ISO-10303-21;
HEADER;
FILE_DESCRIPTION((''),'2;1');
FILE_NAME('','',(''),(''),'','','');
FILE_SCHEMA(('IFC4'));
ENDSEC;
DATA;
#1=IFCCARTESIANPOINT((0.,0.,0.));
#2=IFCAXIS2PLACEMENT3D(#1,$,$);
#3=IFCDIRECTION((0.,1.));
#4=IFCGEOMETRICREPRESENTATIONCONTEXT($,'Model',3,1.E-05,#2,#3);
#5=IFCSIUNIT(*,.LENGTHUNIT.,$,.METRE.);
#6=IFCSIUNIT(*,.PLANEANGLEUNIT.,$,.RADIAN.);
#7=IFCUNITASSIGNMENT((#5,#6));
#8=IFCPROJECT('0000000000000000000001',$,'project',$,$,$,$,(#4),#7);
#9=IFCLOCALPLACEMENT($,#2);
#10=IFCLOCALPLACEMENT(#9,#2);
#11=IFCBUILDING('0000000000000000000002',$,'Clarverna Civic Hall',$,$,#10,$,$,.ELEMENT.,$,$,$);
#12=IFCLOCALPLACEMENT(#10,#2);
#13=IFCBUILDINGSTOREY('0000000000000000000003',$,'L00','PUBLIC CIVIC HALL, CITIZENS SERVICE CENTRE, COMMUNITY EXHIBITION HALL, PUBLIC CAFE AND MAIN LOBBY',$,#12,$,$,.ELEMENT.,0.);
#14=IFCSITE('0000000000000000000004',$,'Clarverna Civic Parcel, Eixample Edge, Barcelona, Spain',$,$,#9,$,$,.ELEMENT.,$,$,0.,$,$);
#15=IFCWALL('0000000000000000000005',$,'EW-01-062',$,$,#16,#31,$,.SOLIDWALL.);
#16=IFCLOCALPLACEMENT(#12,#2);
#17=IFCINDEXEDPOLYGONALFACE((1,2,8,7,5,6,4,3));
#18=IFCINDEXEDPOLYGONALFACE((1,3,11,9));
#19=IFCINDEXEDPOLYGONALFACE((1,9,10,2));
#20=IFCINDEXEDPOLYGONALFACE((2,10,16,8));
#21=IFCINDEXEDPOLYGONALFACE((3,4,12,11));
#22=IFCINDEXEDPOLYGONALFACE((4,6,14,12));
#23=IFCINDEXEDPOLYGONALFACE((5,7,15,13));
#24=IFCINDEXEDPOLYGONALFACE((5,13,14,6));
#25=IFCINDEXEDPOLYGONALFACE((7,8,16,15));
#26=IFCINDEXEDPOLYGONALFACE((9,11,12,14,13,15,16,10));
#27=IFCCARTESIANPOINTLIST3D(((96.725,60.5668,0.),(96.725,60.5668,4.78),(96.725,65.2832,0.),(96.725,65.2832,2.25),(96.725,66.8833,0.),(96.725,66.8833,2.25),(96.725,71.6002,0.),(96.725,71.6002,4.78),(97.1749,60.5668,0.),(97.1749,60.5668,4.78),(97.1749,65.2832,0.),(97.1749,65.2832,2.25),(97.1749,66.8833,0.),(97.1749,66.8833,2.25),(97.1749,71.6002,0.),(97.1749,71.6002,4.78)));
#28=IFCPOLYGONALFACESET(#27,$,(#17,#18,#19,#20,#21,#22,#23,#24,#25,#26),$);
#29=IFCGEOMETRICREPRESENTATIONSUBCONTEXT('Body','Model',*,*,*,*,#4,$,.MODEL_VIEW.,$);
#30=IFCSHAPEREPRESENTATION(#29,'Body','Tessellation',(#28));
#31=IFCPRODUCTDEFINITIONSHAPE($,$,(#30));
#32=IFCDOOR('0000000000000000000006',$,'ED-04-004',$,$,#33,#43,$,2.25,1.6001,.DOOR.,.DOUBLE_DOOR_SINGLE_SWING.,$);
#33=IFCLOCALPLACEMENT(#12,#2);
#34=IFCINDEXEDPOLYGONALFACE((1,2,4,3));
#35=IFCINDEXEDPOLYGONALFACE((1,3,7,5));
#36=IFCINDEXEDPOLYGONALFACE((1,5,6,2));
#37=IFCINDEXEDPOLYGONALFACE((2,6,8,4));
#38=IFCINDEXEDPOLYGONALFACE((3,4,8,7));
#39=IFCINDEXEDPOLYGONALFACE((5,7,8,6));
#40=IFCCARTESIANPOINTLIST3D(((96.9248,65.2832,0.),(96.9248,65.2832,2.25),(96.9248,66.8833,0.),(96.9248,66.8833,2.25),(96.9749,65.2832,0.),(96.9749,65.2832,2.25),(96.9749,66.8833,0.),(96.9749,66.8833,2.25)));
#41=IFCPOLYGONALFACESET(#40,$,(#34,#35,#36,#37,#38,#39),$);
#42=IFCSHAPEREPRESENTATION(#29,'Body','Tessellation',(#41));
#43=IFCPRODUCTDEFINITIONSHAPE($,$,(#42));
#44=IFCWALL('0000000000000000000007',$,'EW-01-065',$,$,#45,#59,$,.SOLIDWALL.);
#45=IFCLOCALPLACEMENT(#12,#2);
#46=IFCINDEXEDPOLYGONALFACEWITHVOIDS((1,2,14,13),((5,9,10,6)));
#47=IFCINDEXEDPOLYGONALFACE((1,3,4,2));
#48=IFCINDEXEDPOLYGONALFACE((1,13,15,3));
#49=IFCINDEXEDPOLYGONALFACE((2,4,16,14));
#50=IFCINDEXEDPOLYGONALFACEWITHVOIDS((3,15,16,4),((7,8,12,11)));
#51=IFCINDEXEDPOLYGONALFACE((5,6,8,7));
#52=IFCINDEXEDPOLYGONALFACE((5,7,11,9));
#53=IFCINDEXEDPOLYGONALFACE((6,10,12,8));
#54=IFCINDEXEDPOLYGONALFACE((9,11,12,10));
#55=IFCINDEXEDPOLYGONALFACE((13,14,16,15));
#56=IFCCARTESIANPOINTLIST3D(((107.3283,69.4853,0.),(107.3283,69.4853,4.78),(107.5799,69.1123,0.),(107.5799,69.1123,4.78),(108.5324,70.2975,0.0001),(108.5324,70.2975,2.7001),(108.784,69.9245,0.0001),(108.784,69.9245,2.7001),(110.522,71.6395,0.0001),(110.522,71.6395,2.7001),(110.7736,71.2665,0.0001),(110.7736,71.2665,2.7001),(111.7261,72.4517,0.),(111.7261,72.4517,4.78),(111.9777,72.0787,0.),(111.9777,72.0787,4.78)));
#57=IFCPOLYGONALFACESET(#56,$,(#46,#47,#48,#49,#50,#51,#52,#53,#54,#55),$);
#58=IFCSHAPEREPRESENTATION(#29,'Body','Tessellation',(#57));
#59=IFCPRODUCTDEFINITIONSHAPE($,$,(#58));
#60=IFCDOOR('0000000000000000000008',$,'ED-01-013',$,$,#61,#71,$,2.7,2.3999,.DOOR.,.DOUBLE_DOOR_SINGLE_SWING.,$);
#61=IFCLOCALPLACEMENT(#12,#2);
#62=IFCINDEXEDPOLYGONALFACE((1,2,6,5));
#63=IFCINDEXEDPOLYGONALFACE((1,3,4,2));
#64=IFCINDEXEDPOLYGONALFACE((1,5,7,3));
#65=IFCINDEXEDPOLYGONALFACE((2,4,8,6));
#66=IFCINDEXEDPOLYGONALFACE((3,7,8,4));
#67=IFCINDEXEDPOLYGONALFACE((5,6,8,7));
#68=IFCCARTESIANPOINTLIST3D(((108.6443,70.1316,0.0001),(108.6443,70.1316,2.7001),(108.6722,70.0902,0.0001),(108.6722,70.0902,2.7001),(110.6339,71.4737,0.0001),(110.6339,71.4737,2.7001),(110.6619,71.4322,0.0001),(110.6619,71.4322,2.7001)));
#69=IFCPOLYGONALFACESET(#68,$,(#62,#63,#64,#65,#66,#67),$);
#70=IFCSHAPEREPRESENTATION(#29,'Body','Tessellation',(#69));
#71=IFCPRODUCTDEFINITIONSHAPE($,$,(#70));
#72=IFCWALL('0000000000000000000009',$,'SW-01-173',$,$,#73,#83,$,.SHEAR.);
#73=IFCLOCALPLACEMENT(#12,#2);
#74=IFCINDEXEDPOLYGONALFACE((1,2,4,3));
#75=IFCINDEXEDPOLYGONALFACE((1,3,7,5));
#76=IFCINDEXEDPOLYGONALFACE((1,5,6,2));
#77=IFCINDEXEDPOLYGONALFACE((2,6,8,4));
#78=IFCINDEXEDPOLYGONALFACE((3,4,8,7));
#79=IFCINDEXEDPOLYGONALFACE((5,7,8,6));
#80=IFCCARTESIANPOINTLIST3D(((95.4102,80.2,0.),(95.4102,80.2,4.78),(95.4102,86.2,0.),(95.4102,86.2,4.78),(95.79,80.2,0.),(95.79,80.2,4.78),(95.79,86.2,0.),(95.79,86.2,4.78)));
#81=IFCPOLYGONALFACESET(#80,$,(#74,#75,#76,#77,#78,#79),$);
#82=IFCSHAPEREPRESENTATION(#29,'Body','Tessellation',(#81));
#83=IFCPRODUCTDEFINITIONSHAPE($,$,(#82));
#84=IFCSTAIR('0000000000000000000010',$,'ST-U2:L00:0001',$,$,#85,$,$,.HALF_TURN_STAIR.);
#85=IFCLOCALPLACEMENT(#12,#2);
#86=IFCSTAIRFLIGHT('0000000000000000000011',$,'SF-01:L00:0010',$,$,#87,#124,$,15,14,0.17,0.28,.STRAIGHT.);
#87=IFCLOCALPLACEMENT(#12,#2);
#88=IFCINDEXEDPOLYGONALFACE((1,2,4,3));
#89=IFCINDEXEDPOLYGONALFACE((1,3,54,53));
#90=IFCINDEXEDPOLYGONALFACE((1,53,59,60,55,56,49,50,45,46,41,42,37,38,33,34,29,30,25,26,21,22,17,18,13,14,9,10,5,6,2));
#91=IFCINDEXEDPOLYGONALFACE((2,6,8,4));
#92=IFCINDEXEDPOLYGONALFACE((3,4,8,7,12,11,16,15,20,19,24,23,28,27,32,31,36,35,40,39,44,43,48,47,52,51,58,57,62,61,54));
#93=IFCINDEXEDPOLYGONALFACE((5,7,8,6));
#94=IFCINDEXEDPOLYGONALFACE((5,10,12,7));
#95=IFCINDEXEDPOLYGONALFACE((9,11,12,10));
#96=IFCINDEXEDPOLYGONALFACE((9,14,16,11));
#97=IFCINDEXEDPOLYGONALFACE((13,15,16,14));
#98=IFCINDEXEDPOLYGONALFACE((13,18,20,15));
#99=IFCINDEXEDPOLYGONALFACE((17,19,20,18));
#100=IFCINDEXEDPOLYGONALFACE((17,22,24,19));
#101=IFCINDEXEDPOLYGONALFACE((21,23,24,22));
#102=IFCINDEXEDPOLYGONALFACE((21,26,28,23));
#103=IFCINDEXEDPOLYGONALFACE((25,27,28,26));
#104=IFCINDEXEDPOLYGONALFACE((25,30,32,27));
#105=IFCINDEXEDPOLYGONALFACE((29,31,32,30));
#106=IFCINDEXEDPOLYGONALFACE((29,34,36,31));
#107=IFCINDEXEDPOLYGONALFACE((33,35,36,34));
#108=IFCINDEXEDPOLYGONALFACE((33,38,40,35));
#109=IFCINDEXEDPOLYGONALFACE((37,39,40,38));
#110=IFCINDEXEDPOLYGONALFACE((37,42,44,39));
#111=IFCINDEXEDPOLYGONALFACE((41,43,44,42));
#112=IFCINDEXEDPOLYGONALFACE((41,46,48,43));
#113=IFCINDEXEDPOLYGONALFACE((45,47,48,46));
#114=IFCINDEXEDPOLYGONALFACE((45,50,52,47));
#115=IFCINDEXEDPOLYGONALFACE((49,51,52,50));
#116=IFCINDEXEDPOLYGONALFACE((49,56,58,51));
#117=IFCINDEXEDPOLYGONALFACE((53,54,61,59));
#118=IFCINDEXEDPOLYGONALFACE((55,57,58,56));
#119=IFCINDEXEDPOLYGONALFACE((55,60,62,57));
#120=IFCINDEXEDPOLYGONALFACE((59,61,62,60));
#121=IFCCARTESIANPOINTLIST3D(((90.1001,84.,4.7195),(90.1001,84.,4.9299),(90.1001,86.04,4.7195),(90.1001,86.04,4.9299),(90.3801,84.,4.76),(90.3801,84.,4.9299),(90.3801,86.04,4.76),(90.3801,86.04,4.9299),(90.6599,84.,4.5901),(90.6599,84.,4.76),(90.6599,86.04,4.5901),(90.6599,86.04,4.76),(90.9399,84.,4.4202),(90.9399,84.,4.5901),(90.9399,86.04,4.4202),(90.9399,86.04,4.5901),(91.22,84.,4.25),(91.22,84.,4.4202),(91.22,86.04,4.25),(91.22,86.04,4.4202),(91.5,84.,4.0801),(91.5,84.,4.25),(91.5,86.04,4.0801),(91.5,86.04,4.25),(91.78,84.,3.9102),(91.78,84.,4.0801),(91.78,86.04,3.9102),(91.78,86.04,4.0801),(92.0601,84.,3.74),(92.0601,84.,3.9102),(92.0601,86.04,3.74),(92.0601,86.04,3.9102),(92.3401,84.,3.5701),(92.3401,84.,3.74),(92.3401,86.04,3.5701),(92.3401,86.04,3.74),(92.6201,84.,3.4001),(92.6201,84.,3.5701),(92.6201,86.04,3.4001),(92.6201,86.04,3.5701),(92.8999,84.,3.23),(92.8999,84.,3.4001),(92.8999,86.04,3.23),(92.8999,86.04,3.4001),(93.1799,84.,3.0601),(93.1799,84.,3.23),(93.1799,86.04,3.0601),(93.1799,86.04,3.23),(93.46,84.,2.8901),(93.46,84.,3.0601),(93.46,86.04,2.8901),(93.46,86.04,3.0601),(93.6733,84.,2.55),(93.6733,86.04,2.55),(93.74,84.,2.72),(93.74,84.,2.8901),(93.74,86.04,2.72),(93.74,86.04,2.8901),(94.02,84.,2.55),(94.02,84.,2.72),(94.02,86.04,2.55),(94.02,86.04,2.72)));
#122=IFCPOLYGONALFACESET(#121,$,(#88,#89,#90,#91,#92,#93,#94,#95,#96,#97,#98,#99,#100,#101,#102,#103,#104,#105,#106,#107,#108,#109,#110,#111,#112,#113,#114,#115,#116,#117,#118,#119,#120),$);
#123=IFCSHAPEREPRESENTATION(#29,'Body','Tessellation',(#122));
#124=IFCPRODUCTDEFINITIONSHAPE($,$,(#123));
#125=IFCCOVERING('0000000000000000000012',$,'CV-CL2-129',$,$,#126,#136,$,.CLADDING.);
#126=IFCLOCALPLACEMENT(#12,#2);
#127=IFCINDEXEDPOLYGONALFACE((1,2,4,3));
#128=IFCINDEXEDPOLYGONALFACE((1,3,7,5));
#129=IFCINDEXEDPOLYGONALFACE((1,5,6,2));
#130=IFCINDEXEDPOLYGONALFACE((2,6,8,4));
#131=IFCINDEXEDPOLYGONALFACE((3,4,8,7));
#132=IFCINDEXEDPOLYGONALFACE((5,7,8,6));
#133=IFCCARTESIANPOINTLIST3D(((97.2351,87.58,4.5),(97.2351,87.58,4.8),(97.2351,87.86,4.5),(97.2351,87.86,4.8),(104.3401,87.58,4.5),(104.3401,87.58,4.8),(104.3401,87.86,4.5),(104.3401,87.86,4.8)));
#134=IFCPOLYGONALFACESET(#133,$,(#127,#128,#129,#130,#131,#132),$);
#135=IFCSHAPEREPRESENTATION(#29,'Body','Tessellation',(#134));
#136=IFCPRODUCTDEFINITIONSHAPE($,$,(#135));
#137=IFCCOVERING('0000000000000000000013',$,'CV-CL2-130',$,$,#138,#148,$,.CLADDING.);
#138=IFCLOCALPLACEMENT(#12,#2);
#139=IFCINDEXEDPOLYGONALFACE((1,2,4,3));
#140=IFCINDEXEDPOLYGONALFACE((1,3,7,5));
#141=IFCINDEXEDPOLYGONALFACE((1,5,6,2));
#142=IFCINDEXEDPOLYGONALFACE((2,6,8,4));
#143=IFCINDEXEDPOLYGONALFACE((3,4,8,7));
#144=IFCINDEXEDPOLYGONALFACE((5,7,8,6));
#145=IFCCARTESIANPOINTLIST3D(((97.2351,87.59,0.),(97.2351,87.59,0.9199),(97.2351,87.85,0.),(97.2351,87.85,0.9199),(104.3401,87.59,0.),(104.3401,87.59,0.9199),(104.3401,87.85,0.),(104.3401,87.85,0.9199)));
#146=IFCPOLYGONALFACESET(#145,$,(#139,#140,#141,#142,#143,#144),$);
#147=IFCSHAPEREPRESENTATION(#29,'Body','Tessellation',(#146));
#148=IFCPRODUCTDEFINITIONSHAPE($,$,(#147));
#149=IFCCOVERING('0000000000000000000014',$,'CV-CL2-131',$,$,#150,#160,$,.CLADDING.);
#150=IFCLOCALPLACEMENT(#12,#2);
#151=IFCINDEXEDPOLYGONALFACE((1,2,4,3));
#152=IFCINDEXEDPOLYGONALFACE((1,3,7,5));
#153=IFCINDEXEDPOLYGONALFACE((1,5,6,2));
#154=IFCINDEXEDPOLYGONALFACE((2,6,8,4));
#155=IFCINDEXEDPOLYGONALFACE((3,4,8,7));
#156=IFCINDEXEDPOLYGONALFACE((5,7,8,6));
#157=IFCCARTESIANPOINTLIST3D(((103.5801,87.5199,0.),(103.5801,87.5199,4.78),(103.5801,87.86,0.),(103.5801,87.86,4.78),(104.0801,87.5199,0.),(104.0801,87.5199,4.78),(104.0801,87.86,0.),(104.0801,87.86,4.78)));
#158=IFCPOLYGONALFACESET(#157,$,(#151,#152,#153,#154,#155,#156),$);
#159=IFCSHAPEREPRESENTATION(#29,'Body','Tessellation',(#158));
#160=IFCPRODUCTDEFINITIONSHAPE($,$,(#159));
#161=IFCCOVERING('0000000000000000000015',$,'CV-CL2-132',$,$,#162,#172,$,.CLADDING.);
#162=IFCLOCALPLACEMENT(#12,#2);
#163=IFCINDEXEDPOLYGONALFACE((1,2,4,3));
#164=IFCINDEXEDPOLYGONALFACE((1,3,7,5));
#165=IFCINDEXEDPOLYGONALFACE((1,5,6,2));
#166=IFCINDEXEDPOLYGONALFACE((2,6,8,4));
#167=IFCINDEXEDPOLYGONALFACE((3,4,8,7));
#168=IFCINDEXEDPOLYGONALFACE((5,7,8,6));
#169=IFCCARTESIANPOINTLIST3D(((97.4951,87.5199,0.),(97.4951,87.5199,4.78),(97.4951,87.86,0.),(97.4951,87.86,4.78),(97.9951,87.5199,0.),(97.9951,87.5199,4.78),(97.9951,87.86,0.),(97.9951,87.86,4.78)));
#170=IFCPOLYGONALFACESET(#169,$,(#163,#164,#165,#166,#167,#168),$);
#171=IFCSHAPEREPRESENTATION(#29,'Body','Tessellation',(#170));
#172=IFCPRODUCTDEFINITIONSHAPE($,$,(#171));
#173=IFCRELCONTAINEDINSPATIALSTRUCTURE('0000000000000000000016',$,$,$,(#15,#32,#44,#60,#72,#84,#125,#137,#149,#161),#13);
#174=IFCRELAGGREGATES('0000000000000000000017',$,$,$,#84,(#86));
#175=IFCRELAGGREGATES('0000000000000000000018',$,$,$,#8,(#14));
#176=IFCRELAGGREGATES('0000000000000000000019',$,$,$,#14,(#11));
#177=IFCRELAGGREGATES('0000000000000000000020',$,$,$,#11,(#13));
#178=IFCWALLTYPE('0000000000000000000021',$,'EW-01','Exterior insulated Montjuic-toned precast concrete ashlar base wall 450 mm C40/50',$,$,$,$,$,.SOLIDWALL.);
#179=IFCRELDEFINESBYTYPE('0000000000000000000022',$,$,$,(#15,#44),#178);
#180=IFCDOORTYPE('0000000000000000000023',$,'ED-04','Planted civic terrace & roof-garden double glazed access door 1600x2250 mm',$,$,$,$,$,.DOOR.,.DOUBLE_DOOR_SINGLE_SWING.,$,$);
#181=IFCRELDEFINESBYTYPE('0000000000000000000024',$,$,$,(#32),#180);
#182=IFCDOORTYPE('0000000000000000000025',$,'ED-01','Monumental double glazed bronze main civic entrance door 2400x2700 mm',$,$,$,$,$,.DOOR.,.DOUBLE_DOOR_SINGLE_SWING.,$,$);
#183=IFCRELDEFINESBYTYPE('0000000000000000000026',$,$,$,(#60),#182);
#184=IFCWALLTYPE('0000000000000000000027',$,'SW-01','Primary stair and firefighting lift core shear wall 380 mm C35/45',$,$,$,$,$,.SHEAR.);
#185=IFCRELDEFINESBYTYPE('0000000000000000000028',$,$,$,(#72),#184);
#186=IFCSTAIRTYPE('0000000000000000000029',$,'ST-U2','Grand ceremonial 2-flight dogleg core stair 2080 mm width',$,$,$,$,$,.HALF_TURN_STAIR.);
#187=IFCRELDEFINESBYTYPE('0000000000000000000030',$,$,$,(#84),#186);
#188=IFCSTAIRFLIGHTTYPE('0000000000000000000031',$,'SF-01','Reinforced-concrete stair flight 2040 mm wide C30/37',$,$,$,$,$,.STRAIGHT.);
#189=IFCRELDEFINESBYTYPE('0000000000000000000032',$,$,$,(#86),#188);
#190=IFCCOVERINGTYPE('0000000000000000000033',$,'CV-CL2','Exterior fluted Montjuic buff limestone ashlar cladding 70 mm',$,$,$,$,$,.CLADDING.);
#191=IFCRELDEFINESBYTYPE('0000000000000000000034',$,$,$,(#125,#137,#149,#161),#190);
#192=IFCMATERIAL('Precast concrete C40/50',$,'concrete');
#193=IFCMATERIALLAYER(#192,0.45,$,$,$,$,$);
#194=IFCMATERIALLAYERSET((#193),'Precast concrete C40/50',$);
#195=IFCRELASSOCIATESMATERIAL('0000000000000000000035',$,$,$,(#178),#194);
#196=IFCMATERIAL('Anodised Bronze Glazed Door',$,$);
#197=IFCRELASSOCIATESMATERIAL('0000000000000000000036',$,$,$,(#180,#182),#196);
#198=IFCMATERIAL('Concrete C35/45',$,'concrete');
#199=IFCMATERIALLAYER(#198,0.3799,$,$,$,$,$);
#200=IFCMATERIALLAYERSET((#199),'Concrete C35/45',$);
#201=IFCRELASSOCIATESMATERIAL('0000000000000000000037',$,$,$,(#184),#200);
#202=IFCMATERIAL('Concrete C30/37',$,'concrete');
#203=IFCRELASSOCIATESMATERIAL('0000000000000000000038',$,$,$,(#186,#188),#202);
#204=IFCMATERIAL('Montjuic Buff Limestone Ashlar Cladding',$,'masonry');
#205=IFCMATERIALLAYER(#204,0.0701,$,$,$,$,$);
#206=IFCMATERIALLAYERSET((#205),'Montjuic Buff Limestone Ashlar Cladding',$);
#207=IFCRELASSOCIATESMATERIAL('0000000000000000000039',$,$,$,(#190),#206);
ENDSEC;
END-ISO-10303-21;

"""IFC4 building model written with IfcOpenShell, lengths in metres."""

from ifc_helpers import new_model, si_unit, direction, frame, frame_2d, origin, place, context, subcontext, project, spatial, polyline, rectangle, outline, extrude, material, layer, layer_set, type_object, element, fill, aggregate, save


model = new_model("IFC4")

# Units and contexts
model_context = context("Model", 3, precision=1e-05, world=origin(), true_north=direction((0.0, 1.0)))
body_context = subcontext(model_context, "Body", "Model", "MODEL_VIEW")
ifc_project = project(units=[si_unit("LENGTHUNIT", "METRE"), si_unit("PLANEANGLEUNIT", "RADIAN")], contexts=[model_context])

# Site, building, storey
site_placement = place(None, origin())
site = spatial("IfcSite", under=ifc_project, at=site_placement, Name="Clarverna Civic Parcel, Eixample Edge, Barcelona, Spain", CompositionType="ELEMENT", RefElevation=0.0)
building_placement = place(site_placement, origin())
building = spatial("IfcBuilding", under=site, at=building_placement, Name="Clarverna Civic Hall", CompositionType="ELEMENT")
storey_placement = place(building_placement, origin())
storey = spatial("IfcBuildingStorey", under=building, at=storey_placement, Name="L00", Description="PUBLIC CIVIC HALL, CITIZENS SERVICE CENTRE, COMMUNITY EXHIBITION HALL, PUBLIC CAFE AND MAIN LOBBY", CompositionType="ELEMENT", Elevation=0.0)

# Shared definitions
ifc_material_1 = material(Name="Concrete C35/45", Category="concrete")

# Shared definitions
ifc_material_2 = material(Name="Precast concrete C40/50", Category="concrete")
ifc_layer_1 = layer(ifc_material_2, 0.45)
ifc_layer_set_1 = layer_set([ifc_layer_1], Name="Precast concrete C40/50")
wall_type_1 = type_object("IfcWallType", Name="EW-01", Description="Exterior insulated Montjuic-toned precast concrete ashlar base wall 450 mm C40/50", PredefinedType="SOLIDWALL", material=ifc_layer_set_1)

# Walls, openings, doors
wall_1_placement = place(storey_placement, frame((96.95, 71.6001, 0.0), z_axis=(0.0, 0.0, 1.0), x_axis=(0.0, -1.0, 0.0)))
wall_1 = element("IfcWall", 1, at=wall_1_placement, inside=storey, type_object=wall_type_1, Name="EW-01-062", PredefinedType="SOLIDWALL", context=body_context, shape_type="SweptSolid", body=[
    extrude(rectangle(XDim=11.0334, YDim=0.45, at=frame_2d((5.5166, 0.0))), origin(), (0.0, 0.0, 1.0), 4.78),
])
opening_1_placement = place(wall_1_placement, frame((4.7168, 0.0, 0.0)))
opening_1 = element("IfcOpeningElement", 2, at=opening_1_placement, cuts=wall_1, PredefinedType="OPENING", context=body_context, shape_type="SweptSolid", body=[
    extrude(rectangle(XDim=1.6001, YDim=2.25, at=frame_2d((0.8, 1.125))), frame((0.0, 0.2349, 0.0), z_axis=(0.0, -1.0, 0.0), x_axis=(1.0, 0.0, 0.0)), (0.0, 0.0, 1.0), 0.47),
])
ifc_material_3 = material(Name="Anodised Bronze Glazed Door")
door_type_1 = type_object("IfcDoorType", Name="ED-04", Description="Planted civic terrace & roof-garden double glazed access door 1600x2250 mm", OperationType="DOUBLE_DOOR_SINGLE_SWING", PredefinedType="DOOR", material=ifc_material_3)
door_1_placement = place(opening_1_placement, origin())
door_1 = element("IfcDoor", 3, at=door_1_placement, inside=storey, type_object=door_type_1, Name="ED-04-004", OperationType="DOUBLE_DOOR_SINGLE_SWING", OverallHeight=2.25, OverallWidth=1.6001, PredefinedType="DOOR", context=body_context, shape_type="SweptSolid", body=[
    extrude(rectangle(XDim=1.6001, YDim=2.25, at=frame_2d((0.8, 1.125))), frame((0.0, 0.0249, 0.0), z_axis=(0.0, -1.0, 0.0), x_axis=(1.0, 0.0, 0.0)), (0.0, 0.0, 1.0), 0.05),
])
fill(opening_1, door_1)
wall_2_placement = place(storey_placement, frame((107.4541, 69.2988, 0.0), z_axis=(0.0, 0.0, 1.0), x_axis=(0.829036, 0.559195, 0.0)))
wall_2 = element("IfcWall", 4, at=wall_2_placement, inside=storey, type_object=wall_type_1, Name="EW-01-065", PredefinedType="SOLIDWALL", context=body_context, shape_type="SweptSolid", body=[
    extrude(rectangle(XDim=5.3047, YDim=0.45, at=frame_2d((2.6523, 0.0))), origin(), (0.0, 0.0, 1.0), 4.78),
])
opening_2_placement = place(wall_2_placement, frame((1.4524, 0.0, 0.0)))
opening_2 = element("IfcOpeningElement", 5, at=opening_2_placement, cuts=wall_2, PredefinedType="OPENING", context=body_context, shape_type="SweptSolid", body=[
    extrude(rectangle(XDim=2.3999, YDim=2.7, at=frame_2d((1.2, 1.3501))), frame((0.0, 0.2349, 0.0), z_axis=(0.0, -1.0, 0.0), x_axis=(1.0, 0.0, 0.0)), (0.0, 0.0, 1.0), 0.47),
])
door_type_2 = type_object("IfcDoorType", Name="ED-01", Description="Monumental double glazed bronze main civic entrance door 2400x2700 mm", OperationType="DOUBLE_DOOR_SINGLE_SWING", PredefinedType="DOOR", material=ifc_material_3)
door_2_placement = place(opening_2_placement, origin())
door_2 = element("IfcDoor", 6, at=door_2_placement, inside=storey, type_object=door_type_2, Name="ED-01-013", OperationType="DOUBLE_DOOR_SINGLE_SWING", OverallHeight=2.7, OverallWidth=2.3999, PredefinedType="DOOR", context=body_context, shape_type="SweptSolid", body=[
    extrude(rectangle(XDim=2.3999, YDim=2.7, at=frame_2d((1.2, 1.3501))), frame((0.0, 0.0249, 0.0), z_axis=(0.0, -1.0, 0.0), x_axis=(1.0, 0.0, 0.0)), (0.0, 0.0, 1.0), 0.05),
])
fill(opening_2, door_2)

# Wall
ifc_layer_2 = layer(ifc_material_1, 0.3799)
ifc_layer_set_2 = layer_set([ifc_layer_2], Name="Concrete C35/45")
wall_type_2 = type_object("IfcWallType", Name="SW-01", Description="Primary stair and firefighting lift core shear wall 380 mm C35/45", PredefinedType="SHEAR", material=ifc_layer_set_2)
wall_3_placement = place(storey_placement, frame((95.6001, 80.2, 0.0), z_axis=(0.0, 0.0, 1.0), x_axis=(0.0, 1.0, 0.0)))
element("IfcWall", 7, at=wall_3_placement, inside=storey, type_object=wall_type_2, Name="SW-01-173", PredefinedType="SHEAR", context=body_context, shape_type="SweptSolid", body=[
    extrude(rectangle(XDim=6.0, YDim=0.3799, at=frame_2d((3.0, 0.0))), origin(), (0.0, 0.0, 1.0), 4.78),
])

# Stair, stair flight
ifc_material_4 = material(Name="Concrete C30/37", Category="concrete")
stair_type = type_object("IfcStairType", Name="ST-U2", Description="Grand ceremonial 2-flight dogleg core stair 2080 mm width", PredefinedType="HALF_TURN_STAIR", material=ifc_material_4)
stair_placement = place(storey_placement, origin())
stair = element("IfcStair", 8, at=stair_placement, inside=storey, type_object=stair_type, Name="ST-U2:L00:0001", PredefinedType="HALF_TURN_STAIR")
stair_flight_type = type_object("IfcStairFlightType", Name="SF-01", Description="Reinforced-concrete stair flight 2040 mm wide C30/37", PredefinedType="STRAIGHT", material=ifc_material_4)
stair_flight_placement = place(storey_placement, frame((94.02, 85.02, 2.55), z_axis=(0.0, 0.0, 1.0), x_axis=(-1.0, 0.0, 0.0)))
stair_flight = element("IfcStairFlight", 9, at=stair_flight_placement, type_object=stair_flight_type, Name="SF-01:L00:0010", NumberOfRisers=15, NumberOfTreads=14, PredefinedType="STRAIGHT", RiserHeight=0.17, TreadLength=0.28, context=body_context, shape_type="SweptSolid", body=[
    extrude(outline(polyline([(0.0, 0.0), (0.0, 0.1699), (0.28, 0.1699), (0.28, 0.3401), (0.5601, 0.3401), (0.5601, 0.51), (0.8401, 0.51), (0.8401, 0.6799), (1.1201, 0.6799), (1.1201, 0.8501), (1.3999, 0.8501), (1.3999, 1.02), (1.6799, 1.02), (1.6799, 1.1899), (1.96, 1.1899), (1.96, 1.3601), (2.24, 1.3601), (2.24, 1.53), (2.52, 1.53), (2.52, 1.7), (2.8, 1.7), (2.8, 1.8701), (3.0801, 1.8701), (3.0801, 2.04), (3.3601, 2.04), (3.3601, 2.21), (3.6399, 2.21), (3.6399, 2.3799), (3.9199, 2.3799), (3.9199, 2.55), (3.9199, 2.1694), (0.3467, 0.0), (0.0, 0.0)])), frame((0.0, 1.02, 0.0), z_axis=(0.0, -1.0, 0.0), x_axis=(1.0, 0.0, 0.0)), (0.0, 0.0, 1.0), 2.04),
])
aggregate(stair, [stair_flight])

# Coverings
ifc_material_5 = material(Name="Montjuic Buff Limestone Ashlar Cladding", Category="masonry")
ifc_layer_3 = layer(ifc_material_5, 0.0701)
ifc_layer_set_3 = layer_set([ifc_layer_3], Name="Montjuic Buff Limestone Ashlar Cladding")
covering_type = type_object("IfcCoveringType", Name="CV-CL2", Description="Exterior fluted Montjuic buff limestone ashlar cladding 70 mm", PredefinedType="CLADDING", material=ifc_layer_set_3)
covering_1_placement = place(storey_placement, frame((104.3401, 87.72, 4.5), z_axis=(0.0, 0.0, 1.0), x_axis=(-1.0, 0.0, 0.0)))
element("IfcCovering", 10, at=covering_1_placement, inside=storey, type_object=covering_type, Name="CV-CL2-129", PredefinedType="CLADDING", context=body_context, shape_type="SweptSolid", body=[
    extrude(rectangle(XDim=7.105, YDim=0.28, at=frame_2d((3.5525, 0.0))), origin(), (0.0, 0.0, 1.0), 0.3),
])
covering_2_placement = place(storey_placement, frame((104.3401, 87.72, 0.0), z_axis=(0.0, 0.0, 1.0), x_axis=(-1.0, 0.0, 0.0)))
element("IfcCovering", 11, at=covering_2_placement, inside=storey, type_object=covering_type, Name="CV-CL2-130", PredefinedType="CLADDING", context=body_context, shape_type="SweptSolid", body=[
    extrude(rectangle(XDim=7.105, YDim=0.26, at=frame_2d((3.5525, 0.0))), origin(), (0.0, 0.0, 1.0), 0.9199),
])
for number, where, z_axis, x_axis, name in (
    (12, (104.0801, 87.6899, 0.0), (0.0, 0.0, 1.0), (-1.0, 0.0, 0.0), "CV-CL2-131"),
    (13, (97.9951, 87.6899, 0.0), (0.0, 0.0, 1.0), (-1.0, 0.0, 0.0), "CV-CL2-132"),
):
    element("IfcCovering", number, at=place(storey_placement, frame(where, z_axis=z_axis, x_axis=x_axis)), inside=storey, type_object=covering_type, Name=name, PredefinedType="CLADDING", context=body_context, shape_type="SweptSolid", body=[
        extrude(rectangle(XDim=0.5, YDim=0.3401, at=frame_2d((0.25, 0.0))), origin(), (0.0, 0.0, 1.0), 4.78),
    ])

save(model, "model.ifc")
